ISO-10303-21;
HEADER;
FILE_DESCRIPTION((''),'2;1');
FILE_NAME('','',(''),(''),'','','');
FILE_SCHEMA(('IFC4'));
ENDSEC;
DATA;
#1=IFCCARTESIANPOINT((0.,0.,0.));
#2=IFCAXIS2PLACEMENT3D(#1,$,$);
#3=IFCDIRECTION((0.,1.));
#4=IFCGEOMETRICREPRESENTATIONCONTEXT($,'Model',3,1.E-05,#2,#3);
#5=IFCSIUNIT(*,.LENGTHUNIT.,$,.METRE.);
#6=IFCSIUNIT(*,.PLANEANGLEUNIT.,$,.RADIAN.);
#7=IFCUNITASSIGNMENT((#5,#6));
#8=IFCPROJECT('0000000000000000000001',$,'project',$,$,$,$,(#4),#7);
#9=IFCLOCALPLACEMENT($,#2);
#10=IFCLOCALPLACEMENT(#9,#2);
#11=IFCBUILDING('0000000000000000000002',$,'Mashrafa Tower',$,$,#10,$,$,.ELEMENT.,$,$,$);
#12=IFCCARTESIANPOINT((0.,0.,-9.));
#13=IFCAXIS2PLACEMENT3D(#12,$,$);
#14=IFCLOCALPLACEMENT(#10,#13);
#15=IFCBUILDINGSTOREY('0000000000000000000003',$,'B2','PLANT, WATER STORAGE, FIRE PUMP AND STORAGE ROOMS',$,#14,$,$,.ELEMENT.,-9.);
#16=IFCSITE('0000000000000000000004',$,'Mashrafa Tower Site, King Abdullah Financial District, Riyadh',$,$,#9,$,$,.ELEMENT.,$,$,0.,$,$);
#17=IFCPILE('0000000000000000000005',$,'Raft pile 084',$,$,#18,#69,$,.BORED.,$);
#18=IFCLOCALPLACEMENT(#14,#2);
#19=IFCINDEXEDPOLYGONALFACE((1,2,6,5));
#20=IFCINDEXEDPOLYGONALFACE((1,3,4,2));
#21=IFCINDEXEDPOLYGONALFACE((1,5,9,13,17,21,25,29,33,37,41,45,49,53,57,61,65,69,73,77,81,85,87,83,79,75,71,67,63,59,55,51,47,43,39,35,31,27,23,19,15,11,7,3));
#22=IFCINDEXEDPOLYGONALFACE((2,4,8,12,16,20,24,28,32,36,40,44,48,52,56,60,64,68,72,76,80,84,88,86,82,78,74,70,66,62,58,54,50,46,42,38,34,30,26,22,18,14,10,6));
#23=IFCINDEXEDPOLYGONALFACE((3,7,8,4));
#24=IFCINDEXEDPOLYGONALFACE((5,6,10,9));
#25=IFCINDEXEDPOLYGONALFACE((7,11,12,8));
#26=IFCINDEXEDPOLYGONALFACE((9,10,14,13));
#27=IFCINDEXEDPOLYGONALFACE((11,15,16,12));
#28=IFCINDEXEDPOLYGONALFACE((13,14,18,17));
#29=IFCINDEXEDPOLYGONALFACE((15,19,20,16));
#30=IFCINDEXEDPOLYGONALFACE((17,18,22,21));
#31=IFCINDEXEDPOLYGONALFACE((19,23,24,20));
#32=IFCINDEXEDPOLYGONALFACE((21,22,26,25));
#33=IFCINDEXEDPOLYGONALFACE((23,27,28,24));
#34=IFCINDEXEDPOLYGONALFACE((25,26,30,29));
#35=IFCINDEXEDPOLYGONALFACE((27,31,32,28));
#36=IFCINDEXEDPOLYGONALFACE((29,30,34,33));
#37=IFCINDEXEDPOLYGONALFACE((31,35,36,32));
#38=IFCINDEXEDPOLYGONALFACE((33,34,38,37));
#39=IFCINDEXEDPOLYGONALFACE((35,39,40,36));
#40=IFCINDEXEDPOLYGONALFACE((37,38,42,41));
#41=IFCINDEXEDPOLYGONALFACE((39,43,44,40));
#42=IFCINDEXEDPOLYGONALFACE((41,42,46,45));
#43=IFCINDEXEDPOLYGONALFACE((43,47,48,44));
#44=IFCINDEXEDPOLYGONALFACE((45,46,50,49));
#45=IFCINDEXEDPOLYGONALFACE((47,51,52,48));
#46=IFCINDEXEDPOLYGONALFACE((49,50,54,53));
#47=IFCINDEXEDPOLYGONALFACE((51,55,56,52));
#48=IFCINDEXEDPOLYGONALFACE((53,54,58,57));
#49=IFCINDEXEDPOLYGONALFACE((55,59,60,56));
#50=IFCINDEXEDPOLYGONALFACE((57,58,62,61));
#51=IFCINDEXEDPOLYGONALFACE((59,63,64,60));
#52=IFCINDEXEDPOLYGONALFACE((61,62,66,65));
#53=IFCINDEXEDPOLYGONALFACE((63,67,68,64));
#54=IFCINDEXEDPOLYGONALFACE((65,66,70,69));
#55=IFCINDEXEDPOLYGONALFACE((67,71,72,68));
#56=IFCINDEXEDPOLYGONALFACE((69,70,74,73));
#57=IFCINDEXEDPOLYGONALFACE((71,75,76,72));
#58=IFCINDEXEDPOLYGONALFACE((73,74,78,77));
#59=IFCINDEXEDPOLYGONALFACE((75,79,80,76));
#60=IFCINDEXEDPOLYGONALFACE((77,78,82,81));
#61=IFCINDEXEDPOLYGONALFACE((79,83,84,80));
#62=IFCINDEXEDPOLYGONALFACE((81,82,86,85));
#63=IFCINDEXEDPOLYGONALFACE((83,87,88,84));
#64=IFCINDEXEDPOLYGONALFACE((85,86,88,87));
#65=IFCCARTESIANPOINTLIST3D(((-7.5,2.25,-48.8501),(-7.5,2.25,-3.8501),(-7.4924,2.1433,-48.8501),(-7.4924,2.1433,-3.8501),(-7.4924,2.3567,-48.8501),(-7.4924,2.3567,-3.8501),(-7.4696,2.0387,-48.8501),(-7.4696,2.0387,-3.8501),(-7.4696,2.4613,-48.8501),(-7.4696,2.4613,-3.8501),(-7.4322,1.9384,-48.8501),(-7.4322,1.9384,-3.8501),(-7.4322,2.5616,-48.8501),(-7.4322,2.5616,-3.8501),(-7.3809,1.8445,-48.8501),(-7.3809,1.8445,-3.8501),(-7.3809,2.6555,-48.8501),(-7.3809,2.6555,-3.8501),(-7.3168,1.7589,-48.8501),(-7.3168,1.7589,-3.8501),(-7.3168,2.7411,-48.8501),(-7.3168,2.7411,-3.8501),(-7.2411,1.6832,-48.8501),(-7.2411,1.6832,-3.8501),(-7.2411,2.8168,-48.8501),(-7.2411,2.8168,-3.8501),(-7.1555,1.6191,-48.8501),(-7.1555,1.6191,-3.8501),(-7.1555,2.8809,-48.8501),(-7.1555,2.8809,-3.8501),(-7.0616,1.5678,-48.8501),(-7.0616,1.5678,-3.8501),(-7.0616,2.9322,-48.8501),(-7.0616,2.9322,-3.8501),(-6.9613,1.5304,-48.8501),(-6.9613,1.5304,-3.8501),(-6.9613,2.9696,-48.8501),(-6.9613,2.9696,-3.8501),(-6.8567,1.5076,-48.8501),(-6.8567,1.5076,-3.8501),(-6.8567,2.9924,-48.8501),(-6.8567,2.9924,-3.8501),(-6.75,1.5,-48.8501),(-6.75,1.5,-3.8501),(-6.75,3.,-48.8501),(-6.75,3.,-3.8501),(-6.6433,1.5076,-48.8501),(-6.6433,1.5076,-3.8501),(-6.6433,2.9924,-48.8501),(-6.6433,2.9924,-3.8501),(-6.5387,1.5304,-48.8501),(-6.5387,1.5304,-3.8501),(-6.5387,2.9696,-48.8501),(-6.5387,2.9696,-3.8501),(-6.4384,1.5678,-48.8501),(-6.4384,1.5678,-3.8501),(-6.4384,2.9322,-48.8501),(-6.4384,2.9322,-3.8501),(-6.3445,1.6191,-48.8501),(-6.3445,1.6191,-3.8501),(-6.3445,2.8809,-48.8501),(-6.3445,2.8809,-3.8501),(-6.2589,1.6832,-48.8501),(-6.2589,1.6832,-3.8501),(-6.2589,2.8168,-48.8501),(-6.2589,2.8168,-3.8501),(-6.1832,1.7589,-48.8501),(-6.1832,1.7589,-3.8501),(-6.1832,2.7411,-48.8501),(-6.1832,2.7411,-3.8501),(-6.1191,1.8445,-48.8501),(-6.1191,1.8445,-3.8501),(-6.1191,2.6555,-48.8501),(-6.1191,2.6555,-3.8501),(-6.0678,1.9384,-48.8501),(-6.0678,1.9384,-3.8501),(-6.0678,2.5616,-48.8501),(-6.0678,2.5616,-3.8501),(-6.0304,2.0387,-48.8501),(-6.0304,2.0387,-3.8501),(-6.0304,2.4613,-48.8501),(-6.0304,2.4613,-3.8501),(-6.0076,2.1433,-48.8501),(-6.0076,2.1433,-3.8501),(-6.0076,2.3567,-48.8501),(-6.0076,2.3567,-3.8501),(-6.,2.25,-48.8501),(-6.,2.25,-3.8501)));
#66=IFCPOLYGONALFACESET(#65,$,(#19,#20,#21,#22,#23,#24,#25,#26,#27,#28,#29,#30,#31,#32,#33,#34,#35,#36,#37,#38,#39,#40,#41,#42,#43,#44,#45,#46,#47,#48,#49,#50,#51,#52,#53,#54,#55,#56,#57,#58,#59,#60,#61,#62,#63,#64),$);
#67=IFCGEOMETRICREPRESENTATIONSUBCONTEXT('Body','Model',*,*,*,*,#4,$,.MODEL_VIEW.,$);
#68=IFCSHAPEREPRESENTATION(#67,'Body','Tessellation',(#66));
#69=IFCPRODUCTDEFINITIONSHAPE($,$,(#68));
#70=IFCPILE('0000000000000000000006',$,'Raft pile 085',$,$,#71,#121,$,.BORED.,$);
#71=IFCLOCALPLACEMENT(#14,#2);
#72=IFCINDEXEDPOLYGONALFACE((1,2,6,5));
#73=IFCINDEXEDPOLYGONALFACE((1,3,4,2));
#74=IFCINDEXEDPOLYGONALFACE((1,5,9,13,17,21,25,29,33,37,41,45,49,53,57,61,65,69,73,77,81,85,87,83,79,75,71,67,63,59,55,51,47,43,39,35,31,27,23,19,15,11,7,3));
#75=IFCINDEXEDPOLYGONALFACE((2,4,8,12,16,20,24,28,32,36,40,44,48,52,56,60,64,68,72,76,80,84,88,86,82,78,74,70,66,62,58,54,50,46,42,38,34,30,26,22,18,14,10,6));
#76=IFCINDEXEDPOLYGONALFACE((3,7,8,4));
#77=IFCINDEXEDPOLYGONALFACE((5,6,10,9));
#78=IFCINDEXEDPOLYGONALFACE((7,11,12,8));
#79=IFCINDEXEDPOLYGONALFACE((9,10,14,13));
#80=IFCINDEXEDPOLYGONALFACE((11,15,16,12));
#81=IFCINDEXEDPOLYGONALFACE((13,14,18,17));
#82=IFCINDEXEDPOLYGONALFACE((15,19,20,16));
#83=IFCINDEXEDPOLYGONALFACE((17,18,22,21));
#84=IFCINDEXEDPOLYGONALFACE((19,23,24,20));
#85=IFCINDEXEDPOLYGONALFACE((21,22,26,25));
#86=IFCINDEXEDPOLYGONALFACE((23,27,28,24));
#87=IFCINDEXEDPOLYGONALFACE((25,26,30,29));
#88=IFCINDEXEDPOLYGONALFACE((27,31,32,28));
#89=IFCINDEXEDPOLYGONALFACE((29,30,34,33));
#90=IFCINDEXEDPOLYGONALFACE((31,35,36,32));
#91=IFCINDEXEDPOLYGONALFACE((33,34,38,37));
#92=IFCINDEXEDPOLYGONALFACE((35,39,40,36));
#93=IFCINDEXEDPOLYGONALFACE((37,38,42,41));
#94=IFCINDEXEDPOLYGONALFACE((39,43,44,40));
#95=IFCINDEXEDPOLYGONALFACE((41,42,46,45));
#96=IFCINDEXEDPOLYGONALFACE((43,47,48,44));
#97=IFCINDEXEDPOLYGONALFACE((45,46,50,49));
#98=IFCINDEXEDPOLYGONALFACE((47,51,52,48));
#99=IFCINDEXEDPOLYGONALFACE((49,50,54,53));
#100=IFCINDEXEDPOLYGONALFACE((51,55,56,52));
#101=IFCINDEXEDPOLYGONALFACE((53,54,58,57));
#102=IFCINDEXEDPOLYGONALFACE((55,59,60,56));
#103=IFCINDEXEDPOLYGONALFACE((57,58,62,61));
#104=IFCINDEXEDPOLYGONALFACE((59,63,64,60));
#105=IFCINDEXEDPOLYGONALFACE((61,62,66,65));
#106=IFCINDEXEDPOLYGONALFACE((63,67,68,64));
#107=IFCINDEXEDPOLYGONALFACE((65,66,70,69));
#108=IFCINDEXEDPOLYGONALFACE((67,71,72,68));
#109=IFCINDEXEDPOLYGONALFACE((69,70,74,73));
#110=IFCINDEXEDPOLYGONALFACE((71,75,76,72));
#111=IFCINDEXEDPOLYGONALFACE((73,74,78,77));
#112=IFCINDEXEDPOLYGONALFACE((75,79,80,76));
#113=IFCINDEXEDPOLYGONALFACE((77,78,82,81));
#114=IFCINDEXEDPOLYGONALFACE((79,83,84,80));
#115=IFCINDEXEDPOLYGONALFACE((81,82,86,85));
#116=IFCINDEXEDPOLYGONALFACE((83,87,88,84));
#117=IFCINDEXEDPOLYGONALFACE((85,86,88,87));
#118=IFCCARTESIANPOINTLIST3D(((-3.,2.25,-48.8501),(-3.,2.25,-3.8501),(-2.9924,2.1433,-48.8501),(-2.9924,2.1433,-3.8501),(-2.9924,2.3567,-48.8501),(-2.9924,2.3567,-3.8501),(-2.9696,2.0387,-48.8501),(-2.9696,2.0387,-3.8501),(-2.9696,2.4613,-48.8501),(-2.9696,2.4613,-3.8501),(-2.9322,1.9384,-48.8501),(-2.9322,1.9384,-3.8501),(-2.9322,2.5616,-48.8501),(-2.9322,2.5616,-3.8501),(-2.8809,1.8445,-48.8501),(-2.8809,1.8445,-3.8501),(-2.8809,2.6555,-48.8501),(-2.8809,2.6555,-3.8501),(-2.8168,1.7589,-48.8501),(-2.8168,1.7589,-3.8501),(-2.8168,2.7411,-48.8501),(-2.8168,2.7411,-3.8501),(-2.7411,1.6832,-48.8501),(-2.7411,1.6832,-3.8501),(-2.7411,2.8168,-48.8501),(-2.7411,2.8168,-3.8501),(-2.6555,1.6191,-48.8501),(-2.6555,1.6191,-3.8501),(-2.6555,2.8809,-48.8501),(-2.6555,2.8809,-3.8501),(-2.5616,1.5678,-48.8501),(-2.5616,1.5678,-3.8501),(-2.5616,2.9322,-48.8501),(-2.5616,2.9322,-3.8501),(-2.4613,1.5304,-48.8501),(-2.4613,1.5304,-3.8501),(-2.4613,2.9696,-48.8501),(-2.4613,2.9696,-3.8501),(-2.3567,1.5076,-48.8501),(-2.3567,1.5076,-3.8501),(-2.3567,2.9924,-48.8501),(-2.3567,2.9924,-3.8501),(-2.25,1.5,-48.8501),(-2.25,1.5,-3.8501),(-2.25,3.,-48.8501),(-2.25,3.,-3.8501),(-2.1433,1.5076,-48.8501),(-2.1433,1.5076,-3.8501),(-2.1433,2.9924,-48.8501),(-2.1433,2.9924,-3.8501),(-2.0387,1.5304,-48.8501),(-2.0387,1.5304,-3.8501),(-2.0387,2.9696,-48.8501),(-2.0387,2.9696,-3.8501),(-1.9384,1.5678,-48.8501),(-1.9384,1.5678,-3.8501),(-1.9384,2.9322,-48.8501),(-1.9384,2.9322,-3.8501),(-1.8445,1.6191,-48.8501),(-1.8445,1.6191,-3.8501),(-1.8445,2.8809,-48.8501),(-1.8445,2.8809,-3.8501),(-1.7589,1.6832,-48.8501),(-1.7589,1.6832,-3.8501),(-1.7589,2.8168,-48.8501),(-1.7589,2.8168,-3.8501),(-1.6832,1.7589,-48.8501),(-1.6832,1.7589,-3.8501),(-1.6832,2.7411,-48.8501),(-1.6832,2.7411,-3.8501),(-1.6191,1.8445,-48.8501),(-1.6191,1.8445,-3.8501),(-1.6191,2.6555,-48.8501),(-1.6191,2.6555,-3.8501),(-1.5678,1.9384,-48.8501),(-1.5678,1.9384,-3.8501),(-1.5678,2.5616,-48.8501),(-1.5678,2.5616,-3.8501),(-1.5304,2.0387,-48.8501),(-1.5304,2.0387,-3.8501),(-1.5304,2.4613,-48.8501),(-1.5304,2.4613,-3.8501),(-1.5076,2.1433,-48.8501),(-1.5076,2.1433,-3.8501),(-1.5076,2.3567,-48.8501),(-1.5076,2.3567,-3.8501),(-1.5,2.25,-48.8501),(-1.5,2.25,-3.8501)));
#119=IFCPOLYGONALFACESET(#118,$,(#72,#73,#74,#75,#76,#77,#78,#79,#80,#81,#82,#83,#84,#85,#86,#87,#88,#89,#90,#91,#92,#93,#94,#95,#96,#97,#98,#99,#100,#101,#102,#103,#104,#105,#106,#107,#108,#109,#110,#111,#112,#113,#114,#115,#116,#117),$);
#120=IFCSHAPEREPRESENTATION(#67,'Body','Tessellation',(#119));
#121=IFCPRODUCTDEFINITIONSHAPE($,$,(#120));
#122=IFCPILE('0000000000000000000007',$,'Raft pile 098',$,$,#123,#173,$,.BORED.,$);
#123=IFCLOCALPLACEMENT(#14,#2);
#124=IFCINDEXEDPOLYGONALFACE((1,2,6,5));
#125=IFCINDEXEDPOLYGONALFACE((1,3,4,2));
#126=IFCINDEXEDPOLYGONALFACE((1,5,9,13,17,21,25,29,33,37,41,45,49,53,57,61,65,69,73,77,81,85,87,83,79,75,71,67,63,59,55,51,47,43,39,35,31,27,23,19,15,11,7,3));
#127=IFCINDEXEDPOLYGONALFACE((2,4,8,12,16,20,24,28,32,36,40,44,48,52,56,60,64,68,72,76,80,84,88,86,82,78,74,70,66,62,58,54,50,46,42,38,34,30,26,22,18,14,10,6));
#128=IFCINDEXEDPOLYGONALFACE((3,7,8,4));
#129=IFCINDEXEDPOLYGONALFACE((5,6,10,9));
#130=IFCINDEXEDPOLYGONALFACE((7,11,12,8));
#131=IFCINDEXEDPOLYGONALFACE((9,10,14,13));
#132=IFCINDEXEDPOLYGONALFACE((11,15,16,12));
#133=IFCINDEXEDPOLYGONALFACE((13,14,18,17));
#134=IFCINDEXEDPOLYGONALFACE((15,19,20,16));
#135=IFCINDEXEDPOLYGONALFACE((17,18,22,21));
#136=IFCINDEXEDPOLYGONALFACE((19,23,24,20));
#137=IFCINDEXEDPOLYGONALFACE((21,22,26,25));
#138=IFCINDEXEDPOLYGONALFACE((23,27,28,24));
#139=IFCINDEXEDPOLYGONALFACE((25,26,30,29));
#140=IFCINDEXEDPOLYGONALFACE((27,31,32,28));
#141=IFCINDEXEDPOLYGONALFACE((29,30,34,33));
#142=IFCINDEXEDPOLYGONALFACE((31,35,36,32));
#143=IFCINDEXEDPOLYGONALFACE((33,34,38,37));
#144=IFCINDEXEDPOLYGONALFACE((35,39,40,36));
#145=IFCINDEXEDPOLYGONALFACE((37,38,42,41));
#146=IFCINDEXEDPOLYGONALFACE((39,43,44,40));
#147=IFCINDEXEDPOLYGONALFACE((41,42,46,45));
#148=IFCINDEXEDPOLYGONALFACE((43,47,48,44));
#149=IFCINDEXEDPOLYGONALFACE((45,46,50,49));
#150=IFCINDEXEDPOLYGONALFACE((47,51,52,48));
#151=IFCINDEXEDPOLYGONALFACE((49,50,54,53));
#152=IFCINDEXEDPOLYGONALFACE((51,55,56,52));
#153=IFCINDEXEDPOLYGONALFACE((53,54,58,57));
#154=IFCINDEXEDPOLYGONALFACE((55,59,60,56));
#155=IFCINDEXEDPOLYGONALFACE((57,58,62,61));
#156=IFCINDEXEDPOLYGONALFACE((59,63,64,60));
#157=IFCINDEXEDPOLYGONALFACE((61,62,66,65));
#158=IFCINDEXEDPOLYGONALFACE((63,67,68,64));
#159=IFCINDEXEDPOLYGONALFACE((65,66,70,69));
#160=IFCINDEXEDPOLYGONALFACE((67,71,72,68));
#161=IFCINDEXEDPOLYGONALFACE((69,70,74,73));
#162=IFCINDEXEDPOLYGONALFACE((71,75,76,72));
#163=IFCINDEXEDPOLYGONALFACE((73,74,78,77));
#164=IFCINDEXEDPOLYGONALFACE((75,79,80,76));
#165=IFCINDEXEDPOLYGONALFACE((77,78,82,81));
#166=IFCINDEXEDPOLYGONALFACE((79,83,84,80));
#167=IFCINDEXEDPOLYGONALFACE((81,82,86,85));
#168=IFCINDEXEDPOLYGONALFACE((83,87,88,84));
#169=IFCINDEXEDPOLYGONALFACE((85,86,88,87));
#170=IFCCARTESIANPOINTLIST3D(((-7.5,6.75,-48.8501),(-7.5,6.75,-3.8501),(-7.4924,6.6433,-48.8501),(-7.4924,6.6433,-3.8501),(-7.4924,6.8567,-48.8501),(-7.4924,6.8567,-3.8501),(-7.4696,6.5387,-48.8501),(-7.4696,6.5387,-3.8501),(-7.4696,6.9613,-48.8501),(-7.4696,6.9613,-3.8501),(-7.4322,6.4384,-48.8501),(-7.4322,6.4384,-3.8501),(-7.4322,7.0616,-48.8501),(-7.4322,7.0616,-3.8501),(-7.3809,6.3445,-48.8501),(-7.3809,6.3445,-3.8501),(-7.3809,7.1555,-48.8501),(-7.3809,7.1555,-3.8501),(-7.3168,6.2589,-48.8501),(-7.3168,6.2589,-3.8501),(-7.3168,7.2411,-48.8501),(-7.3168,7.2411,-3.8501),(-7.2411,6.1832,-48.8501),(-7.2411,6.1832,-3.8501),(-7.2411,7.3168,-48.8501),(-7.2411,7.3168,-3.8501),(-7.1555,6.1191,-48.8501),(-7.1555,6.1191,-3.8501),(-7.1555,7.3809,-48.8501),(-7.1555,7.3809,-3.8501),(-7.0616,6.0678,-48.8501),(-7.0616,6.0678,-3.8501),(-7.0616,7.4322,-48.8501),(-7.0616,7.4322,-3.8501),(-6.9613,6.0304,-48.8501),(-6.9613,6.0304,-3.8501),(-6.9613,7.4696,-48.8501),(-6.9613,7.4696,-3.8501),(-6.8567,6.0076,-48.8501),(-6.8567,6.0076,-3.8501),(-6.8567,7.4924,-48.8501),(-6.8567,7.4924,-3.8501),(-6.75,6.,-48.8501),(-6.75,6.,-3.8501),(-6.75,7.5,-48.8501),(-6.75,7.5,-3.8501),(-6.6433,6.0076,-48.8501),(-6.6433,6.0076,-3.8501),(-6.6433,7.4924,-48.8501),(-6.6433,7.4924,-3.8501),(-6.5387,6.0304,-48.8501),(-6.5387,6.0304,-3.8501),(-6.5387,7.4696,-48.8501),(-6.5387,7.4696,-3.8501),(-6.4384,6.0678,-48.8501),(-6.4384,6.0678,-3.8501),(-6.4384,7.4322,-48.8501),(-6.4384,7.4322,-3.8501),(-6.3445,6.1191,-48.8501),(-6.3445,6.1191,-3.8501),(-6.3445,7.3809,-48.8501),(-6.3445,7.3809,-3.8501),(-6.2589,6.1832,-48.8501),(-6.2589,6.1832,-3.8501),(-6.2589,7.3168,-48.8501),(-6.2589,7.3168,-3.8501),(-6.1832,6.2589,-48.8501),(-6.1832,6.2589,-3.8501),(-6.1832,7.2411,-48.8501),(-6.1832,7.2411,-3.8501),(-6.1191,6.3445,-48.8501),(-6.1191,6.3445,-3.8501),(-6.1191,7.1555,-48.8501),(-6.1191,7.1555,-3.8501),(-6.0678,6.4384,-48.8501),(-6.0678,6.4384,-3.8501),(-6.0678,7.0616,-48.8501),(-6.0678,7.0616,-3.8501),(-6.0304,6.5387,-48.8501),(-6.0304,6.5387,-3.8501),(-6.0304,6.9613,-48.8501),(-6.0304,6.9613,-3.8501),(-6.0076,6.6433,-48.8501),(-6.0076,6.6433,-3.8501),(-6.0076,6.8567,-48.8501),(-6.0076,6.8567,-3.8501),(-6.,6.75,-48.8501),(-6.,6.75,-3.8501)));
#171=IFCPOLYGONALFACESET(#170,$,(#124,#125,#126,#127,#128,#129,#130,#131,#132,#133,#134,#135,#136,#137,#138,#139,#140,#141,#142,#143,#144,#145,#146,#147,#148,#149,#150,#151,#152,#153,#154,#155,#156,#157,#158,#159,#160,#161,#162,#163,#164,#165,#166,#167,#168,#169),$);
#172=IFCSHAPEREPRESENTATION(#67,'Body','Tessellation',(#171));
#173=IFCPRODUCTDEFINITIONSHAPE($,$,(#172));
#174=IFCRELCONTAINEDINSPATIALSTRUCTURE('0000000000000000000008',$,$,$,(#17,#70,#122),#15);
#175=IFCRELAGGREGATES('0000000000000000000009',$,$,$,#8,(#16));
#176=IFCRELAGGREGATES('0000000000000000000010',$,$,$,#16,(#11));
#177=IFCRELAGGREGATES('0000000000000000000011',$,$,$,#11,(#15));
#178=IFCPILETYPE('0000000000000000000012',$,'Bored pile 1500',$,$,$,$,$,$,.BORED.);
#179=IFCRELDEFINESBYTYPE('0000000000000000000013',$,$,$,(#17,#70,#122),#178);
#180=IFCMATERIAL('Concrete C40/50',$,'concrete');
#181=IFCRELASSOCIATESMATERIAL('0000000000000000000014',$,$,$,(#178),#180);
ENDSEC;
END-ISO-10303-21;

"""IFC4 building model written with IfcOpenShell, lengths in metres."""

from ifc_helpers import new_model, si_unit, direction, frame, origin, origin_2d, place, context, subcontext, project, spatial, circle, extrude, material, material_profile, profile_set, type_object, element, save


model = new_model("IFC4")

# Units and contexts
model_context = context("Model", 3, precision=1e-05, world=origin(), true_north=direction((0.0, 1.0)))
body_context = subcontext(model_context, "Body", "Model", "MODEL_VIEW")
ifc_project = project(units=[si_unit("LENGTHUNIT", "METRE"), si_unit("PLANEANGLEUNIT", "RADIAN")], contexts=[model_context])

# Site, building, storey
site_placement = place(None, origin())
site = spatial("IfcSite", under=ifc_project, at=site_placement, Name="Mashrafa Tower Site, King Abdullah Financial District, Riyadh", CompositionType="ELEMENT", RefElevation=0.0)
building_placement = place(site_placement, origin())
building = spatial("IfcBuilding", under=site, at=building_placement, Name="Mashrafa Tower", CompositionType="ELEMENT")
storey_placement = place(building_placement, frame((0.0, 0.0, -9.0)))
storey = spatial("IfcBuildingStorey", under=building, at=storey_placement, Name="B2", Description="PLANT, WATER STORAGE, FIRE PUMP AND STORAGE ROOMS", CompositionType="ELEMENT", Elevation=-9.0)

# Piles
ifc_material_1 = material(Name="Concrete C40/50", Category="concrete")
ifc_material_profile = material_profile(ifc_material_1, circle(Radius=0.75, at=origin_2d()), Name="1500 DIA")
ifc_profile_set = profile_set([ifc_material_profile], Name="Concrete C40/50")
pile_type = type_object("IfcPileType", Name="Bored pile 1500", PredefinedType="BORED", material=ifc_profile_set)
for number, where, z_axis, x_axis, name in (
    (1, (-6.75, 2.25, -3.8501), (0.0, 0.0, -1.0), (1.0, 0.0, 0.0), "Raft pile 084"),
    (2, (-2.25, 2.25, -3.8501), (0.0, 0.0, -1.0), (1.0, 0.0, 0.0), "Raft pile 085"),
    (3, (-6.75, 6.75, -3.8501), (0.0, 0.0, -1.0), (1.0, 0.0, 0.0), "Raft pile 098"),
):
    element("IfcPile", number, at=place(storey_placement, frame(where, z_axis=z_axis, x_axis=x_axis)), inside=storey, type_object=pile_type, Name=name, PredefinedType="BORED", context=body_context, shape_type="SweptSolid", body=[
        extrude(circle(Radius=0.75, at=origin_2d()), origin(), (0.0, 0.0, 1.0), 45.0),
    ])

save(model, "model.ifc")
